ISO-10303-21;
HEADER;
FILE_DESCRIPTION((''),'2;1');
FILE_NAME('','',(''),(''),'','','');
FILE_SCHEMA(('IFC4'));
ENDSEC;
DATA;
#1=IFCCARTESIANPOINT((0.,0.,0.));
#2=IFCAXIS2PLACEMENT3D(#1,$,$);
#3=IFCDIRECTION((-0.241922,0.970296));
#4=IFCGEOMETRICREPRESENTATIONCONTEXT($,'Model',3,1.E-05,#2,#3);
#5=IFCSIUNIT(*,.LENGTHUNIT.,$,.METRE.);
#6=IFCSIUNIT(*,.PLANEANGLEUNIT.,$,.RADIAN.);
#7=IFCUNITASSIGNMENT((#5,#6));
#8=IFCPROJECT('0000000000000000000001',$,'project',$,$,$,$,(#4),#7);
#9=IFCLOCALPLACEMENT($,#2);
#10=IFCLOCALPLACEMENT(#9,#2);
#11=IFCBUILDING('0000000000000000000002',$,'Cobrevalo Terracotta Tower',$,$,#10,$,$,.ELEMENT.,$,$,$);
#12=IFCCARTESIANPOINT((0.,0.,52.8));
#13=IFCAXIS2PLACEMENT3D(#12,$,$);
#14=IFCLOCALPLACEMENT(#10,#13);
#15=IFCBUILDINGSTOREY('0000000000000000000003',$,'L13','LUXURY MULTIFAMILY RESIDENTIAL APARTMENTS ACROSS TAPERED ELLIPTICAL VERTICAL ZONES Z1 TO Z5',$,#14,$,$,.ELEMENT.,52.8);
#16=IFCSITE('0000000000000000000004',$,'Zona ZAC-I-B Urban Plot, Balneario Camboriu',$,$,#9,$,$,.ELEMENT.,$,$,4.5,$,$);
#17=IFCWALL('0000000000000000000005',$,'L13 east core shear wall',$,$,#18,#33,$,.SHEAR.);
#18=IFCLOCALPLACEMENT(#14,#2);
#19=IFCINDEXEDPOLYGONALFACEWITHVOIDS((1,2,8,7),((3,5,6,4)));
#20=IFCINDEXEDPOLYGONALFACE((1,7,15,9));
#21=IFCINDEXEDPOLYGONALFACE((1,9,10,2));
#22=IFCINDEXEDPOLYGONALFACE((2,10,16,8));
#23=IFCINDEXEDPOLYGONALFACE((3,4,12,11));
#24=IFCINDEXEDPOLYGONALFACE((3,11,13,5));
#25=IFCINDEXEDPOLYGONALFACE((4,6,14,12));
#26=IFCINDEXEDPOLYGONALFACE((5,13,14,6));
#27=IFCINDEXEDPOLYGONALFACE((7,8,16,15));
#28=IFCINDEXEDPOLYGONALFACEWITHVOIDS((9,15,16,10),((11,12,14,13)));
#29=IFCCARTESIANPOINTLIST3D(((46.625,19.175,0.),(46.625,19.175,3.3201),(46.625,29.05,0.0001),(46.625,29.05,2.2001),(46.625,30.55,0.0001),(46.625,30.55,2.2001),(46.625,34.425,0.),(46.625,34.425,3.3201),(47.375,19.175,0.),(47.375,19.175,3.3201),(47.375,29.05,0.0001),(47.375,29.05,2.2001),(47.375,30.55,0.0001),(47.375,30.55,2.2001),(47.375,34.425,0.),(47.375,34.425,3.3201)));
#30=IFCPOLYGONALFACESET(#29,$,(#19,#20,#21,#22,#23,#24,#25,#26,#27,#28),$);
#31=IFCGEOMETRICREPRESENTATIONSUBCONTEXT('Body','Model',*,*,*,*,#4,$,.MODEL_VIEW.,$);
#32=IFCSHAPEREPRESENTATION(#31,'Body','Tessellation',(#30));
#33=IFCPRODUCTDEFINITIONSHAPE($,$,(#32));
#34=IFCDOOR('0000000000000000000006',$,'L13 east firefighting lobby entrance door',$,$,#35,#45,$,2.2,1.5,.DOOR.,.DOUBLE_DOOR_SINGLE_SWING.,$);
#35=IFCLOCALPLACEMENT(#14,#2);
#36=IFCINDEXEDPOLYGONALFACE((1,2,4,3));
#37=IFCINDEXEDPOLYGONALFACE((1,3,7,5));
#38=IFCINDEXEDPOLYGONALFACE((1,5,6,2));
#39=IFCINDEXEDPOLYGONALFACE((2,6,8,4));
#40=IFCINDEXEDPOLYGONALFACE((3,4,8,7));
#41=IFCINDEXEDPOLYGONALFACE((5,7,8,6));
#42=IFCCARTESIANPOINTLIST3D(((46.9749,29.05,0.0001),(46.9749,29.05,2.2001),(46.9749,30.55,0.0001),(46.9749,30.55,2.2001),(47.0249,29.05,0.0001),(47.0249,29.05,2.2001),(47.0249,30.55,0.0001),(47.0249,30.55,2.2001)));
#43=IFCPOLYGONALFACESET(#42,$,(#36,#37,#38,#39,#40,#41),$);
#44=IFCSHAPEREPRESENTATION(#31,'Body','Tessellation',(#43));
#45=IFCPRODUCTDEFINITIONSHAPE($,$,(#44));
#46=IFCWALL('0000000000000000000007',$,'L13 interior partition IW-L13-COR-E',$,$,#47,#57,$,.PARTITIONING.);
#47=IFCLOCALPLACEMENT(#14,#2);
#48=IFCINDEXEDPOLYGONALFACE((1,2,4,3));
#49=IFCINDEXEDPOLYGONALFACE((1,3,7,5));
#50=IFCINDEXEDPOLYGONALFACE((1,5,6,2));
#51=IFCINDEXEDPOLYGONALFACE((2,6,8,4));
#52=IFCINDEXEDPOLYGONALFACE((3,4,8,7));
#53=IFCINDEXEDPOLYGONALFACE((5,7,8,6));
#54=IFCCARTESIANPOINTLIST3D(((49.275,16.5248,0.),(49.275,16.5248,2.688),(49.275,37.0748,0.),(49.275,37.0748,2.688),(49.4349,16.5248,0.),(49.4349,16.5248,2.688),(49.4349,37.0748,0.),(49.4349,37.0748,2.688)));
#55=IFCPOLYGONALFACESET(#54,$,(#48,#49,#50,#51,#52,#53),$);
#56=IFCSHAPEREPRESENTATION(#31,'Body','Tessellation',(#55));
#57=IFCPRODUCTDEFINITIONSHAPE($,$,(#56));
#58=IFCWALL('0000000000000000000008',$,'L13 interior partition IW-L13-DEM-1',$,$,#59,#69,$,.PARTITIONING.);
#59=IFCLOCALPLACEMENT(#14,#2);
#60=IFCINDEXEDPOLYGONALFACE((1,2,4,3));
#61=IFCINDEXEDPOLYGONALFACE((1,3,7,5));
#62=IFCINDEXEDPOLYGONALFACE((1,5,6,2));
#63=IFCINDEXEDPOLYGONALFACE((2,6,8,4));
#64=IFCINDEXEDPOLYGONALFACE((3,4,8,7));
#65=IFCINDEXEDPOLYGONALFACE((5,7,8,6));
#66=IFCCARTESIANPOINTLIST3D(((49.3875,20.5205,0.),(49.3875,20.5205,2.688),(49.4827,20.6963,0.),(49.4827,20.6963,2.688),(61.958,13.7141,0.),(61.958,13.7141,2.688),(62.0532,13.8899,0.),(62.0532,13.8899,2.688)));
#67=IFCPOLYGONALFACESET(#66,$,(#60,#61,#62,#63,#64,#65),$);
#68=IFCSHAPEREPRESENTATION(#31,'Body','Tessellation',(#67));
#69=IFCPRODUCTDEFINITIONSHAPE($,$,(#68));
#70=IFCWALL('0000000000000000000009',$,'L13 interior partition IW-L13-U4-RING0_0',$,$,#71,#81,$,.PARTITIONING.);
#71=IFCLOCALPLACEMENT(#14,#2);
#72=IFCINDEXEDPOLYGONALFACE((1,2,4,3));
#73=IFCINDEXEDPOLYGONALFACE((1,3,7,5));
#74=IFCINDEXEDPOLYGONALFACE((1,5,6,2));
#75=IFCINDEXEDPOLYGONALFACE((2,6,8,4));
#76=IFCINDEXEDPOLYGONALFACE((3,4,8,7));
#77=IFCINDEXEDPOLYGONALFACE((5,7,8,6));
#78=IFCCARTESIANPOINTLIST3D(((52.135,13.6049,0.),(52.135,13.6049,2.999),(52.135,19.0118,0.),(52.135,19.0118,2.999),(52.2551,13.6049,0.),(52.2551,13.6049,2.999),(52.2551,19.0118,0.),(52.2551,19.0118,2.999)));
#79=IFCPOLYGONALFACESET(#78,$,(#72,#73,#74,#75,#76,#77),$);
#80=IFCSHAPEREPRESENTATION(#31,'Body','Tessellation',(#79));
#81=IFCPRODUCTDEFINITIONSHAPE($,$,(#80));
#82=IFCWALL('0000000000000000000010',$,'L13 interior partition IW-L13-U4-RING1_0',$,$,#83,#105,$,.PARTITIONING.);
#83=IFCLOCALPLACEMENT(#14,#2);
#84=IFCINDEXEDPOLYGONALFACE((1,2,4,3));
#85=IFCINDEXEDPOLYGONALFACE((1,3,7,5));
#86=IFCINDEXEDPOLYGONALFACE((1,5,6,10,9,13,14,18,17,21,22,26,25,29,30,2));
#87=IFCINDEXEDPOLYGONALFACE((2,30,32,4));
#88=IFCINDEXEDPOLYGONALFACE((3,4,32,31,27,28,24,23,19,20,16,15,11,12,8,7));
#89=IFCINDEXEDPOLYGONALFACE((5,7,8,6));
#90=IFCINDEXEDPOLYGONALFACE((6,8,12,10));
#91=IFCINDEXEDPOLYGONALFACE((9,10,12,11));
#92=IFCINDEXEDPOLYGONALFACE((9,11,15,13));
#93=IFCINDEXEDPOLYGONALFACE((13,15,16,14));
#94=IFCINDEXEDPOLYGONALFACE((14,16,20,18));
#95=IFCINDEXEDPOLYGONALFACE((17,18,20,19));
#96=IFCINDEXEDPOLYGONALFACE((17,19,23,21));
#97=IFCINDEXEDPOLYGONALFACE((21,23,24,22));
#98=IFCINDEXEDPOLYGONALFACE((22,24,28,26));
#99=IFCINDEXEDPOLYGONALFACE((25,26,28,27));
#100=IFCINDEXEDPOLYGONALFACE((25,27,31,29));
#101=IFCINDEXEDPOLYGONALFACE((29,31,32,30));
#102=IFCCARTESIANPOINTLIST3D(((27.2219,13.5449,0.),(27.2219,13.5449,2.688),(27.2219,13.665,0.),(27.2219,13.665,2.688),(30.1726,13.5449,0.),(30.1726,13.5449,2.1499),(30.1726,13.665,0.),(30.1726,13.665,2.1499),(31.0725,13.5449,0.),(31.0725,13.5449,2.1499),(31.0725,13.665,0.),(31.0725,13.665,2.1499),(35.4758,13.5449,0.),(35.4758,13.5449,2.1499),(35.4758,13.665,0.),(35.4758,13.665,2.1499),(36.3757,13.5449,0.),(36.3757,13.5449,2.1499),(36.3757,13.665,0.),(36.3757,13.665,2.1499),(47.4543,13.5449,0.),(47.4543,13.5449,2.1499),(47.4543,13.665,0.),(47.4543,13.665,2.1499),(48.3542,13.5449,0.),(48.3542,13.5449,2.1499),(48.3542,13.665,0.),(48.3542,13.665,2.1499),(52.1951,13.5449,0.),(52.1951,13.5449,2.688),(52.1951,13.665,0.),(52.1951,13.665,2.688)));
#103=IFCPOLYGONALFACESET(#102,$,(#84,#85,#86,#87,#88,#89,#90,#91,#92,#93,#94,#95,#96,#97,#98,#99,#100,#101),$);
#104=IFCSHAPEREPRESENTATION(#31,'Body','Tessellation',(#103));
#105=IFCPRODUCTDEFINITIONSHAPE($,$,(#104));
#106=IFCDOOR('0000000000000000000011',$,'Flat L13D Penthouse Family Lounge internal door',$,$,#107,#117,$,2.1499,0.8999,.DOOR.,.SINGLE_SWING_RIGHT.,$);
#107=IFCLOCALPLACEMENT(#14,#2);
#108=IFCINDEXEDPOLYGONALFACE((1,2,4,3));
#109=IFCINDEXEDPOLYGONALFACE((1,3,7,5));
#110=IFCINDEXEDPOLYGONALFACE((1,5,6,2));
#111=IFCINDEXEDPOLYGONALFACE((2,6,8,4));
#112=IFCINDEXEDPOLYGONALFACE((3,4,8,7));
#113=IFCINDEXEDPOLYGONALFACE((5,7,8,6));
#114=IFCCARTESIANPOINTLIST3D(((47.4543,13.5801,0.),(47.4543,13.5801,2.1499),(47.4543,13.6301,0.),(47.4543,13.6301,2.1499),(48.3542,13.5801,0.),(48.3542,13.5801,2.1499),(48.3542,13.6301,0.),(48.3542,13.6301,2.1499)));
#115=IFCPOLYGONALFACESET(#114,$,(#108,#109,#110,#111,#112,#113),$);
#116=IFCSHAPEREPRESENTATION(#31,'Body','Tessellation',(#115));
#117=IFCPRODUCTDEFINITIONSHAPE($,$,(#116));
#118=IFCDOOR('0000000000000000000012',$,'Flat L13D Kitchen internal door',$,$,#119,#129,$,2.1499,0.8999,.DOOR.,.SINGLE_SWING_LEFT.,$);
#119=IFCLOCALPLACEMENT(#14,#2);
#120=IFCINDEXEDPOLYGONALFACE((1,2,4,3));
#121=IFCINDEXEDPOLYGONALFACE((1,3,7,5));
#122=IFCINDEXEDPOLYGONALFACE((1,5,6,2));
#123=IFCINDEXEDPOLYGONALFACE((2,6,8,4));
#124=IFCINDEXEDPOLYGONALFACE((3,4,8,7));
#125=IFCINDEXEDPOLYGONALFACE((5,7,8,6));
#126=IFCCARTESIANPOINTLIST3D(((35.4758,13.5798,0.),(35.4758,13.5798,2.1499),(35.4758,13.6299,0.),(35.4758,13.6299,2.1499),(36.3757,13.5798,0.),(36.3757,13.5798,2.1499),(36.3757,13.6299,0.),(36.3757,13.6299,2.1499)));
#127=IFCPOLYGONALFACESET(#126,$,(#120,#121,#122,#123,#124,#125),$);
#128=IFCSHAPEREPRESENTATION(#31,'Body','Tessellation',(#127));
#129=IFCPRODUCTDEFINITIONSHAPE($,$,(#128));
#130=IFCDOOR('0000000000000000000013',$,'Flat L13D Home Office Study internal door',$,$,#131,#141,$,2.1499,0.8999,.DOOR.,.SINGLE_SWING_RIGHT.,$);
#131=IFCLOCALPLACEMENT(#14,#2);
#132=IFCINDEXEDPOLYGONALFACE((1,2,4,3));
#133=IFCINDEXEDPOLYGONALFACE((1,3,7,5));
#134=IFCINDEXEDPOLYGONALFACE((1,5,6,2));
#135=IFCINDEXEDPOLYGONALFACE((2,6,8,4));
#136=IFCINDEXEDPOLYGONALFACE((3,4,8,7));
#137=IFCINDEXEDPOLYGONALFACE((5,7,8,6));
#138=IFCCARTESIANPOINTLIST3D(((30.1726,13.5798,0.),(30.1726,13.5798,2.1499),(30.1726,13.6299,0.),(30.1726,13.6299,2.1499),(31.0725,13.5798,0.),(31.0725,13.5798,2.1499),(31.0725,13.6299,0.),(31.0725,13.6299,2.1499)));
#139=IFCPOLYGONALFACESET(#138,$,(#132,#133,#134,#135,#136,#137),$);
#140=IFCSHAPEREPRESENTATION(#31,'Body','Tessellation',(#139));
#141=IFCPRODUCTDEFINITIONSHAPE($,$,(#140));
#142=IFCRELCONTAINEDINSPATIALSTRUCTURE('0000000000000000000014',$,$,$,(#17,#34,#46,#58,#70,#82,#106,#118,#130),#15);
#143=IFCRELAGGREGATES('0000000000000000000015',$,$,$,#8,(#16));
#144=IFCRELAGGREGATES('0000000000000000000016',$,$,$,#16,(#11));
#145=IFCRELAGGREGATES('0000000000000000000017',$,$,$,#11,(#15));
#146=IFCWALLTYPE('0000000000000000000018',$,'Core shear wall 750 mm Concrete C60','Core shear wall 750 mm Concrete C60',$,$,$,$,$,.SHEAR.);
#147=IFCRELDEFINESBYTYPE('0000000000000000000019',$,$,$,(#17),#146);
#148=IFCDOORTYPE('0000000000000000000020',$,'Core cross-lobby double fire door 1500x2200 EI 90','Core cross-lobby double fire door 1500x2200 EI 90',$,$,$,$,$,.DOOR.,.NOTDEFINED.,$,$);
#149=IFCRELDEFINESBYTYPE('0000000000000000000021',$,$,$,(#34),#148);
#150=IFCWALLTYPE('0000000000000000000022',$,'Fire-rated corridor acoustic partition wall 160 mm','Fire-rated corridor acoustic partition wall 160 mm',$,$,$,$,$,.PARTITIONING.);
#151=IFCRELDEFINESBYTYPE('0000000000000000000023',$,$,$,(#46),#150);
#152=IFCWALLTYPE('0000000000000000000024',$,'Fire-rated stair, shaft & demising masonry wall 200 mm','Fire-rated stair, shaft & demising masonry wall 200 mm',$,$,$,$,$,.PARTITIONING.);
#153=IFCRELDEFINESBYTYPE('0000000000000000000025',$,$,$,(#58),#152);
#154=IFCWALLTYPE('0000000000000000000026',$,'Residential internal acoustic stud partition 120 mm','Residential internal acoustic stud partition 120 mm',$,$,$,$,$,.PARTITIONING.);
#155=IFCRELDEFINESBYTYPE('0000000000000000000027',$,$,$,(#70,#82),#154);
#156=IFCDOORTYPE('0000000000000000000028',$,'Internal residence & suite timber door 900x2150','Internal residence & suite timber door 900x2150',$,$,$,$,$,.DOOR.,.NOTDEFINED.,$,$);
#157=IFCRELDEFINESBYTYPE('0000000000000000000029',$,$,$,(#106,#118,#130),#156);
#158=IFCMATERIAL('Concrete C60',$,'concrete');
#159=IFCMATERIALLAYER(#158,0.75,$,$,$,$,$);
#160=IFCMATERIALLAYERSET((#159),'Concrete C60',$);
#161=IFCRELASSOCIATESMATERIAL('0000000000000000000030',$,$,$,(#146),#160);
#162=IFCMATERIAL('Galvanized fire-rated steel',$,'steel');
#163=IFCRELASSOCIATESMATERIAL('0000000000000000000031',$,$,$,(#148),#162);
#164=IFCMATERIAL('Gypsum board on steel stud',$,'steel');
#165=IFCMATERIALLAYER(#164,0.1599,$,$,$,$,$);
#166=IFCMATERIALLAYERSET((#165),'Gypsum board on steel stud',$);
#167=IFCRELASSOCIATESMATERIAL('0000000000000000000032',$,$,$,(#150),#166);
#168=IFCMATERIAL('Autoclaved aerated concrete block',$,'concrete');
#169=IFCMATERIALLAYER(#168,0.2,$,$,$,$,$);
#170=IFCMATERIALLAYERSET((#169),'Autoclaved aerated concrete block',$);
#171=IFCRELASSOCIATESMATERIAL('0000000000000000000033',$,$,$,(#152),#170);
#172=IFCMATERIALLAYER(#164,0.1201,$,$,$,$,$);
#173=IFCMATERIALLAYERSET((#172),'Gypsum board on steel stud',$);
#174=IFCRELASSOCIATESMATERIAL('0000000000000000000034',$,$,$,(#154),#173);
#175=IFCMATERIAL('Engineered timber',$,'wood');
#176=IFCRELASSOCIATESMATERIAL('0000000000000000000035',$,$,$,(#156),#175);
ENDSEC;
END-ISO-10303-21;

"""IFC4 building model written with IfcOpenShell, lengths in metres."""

from ifc_helpers import new_model, si_unit, direction, frame, frame_2d, origin, place, context, subcontext, project, spatial, rectangle, extrude, source, transform, mapped, material, layer, layer_set, type_object, element, fill, save


model = new_model("IFC4")

# Units and contexts
model_context = context("Model", 3, precision=1e-05, world=origin(), true_north=direction((-0.241922, 0.970296)))
body_context = subcontext(model_context, "Body", "Model", "MODEL_VIEW")
ifc_project = project(units=[si_unit("LENGTHUNIT", "METRE"), si_unit("PLANEANGLEUNIT", "RADIAN")], contexts=[model_context])

# Site, building, storey
site_placement = place(None, origin())
site = spatial("IfcSite", under=ifc_project, at=site_placement, Name="Zona ZAC-I-B Urban Plot, Balneario Camboriu", CompositionType="ELEMENT", RefElevation=4.5)
building_placement = place(site_placement, origin())
building = spatial("IfcBuilding", under=site, at=building_placement, Name="Cobrevalo Terracotta Tower", CompositionType="ELEMENT")
storey_placement = place(building_placement, frame((0.0, 0.0, 52.8)))
storey = spatial("IfcBuildingStorey", under=building, at=storey_placement, Name="L13", Description="LUXURY MULTIFAMILY RESIDENTIAL APARTMENTS ACROSS TAPERED ELLIPTICAL VERTICAL ZONES Z1 TO Z5", CompositionType="ELEMENT", Elevation=52.8)

# Wall, opening, door
ifc_material_1 = material(Name="Concrete C60", Category="concrete")
ifc_layer_1 = layer(ifc_material_1, 0.75)
ifc_layer_set_1 = layer_set([ifc_layer_1], Name="Concrete C60")
wall_type_1 = type_object("IfcWallType", Name="Core shear wall 750 mm Concrete C60", Description="Core shear wall 750 mm Concrete C60", PredefinedType="SHEAR", material=ifc_layer_set_1)
wall_1_placement = place(storey_placement, frame((47.0, 19.175, 0.0), z_axis=(0.0, 0.0, 1.0), x_axis=(0.0, 1.0, 0.0)))
wall_1 = element("IfcWall", 1, at=wall_1_placement, inside=storey, type_object=wall_type_1, Name="L13 east core shear wall", PredefinedType="SHEAR", context=body_context, shape_type="SweptSolid", body=[
    extrude(rectangle(XDim=15.25, YDim=0.75, at=frame_2d((7.625, 0.0))), origin(), (0.0, 0.0, 1.0), 3.3201),
])
opening_1_placement = place(wall_1_placement, frame((9.875, 0.0, 0.0)))
opening_1 = element("IfcOpeningElement", 2, at=opening_1_placement, cuts=wall_1, PredefinedType="OPENING", context=body_context, shape_type="SweptSolid", body=[
    extrude(rectangle(XDim=1.5, YDim=2.2, at=frame_2d((0.75, 1.1001))), frame((0.0, 0.385, 0.0), z_axis=(0.0, -1.0, 0.0), x_axis=(1.0, 0.0, 0.0)), (0.0, 0.0, 1.0), 0.77),
])
ifc_material_2 = material(Name="Galvanized fire-rated steel", Category="steel")
door_type_1 = type_object("IfcDoorType", Name="Core cross-lobby double fire door 1500x2200 EI 90", Description="Core cross-lobby double fire door 1500x2200 EI 90", OperationType="NOTDEFINED", PredefinedType="DOOR", material=ifc_material_2)
shared_shape_1 = source(origin(), body_context, "Body", "SweptSolid", [
    extrude(rectangle(XDim=1.5, YDim=2.2, at=frame_2d((0.75, 1.1001))), frame((0.0, 0.0249, 0.0), z_axis=(0.0, -1.0, 0.0), x_axis=(1.0, 0.0, 0.0)), (0.0, 0.0, 1.0), 0.05),
])
door_1_placement = place(opening_1_placement, frame((1.5, 0.0, 0.0), z_axis=(0.0, 0.0, 1.0), x_axis=(-1.0, 0.0, 0.0)))
door_1 = element("IfcDoor", 3, at=door_1_placement, inside=storey, type_object=door_type_1, Name="L13 east firefighting lobby entrance door", OperationType="DOUBLE_DOOR_SINGLE_SWING", OverallHeight=2.2, OverallWidth=1.5, PredefinedType="DOOR", context=body_context, shape_type="MappedRepresentation", body=[
    mapped(shared_shape_1, transform((0.0, 0.0, 0.0), scale=1.0)),
])
fill(opening_1, door_1)

# Walls
ifc_material_3 = material(Name="Gypsum board on steel stud", Category="steel")
ifc_layer_2 = layer(ifc_material_3, 0.1599)
ifc_layer_set_2 = layer_set([ifc_layer_2], Name="Gypsum board on steel stud")
wall_type_2 = type_object("IfcWallType", Name="Fire-rated corridor acoustic partition wall 160 mm", Description="Fire-rated corridor acoustic partition wall 160 mm", PredefinedType="PARTITIONING", material=ifc_layer_set_2)
wall_2_placement = place(storey_placement, frame((49.355, 16.5249, 0.0), z_axis=(0.0, 0.0, 1.0), x_axis=(0.0, 1.0, 0.0)))
element("IfcWall", 4, at=wall_2_placement, inside=storey, type_object=wall_type_2, Name="L13 interior partition IW-L13-COR-E", PredefinedType="PARTITIONING", context=body_context, shape_type="SweptSolid", body=[
    extrude(rectangle(XDim=20.55, YDim=0.1599, at=frame_2d((10.2749, 0.0))), origin(), (0.0, 0.0, 1.0), 2.688),
])
ifc_material_4 = material(Name="Autoclaved aerated concrete block", Category="concrete")
ifc_layer_3 = layer(ifc_material_4, 0.2)
ifc_layer_set_3 = layer_set([ifc_layer_3], Name="Autoclaved aerated concrete block")
wall_type_3 = type_object("IfcWallType", Name="Fire-rated stair, shaft & demising masonry wall 200 mm", Description="Fire-rated stair, shaft & demising masonry wall 200 mm", PredefinedType="PARTITIONING", material=ifc_layer_set_3)
wall_3_placement = place(storey_placement, frame((49.4351, 20.6084, 0.0), z_axis=(0.0, 0.0, 1.0), x_axis=(0.87937, -0.47614, 0.0)))
element("IfcWall", 5, at=wall_3_placement, inside=storey, type_object=wall_type_3, Name="L13 interior partition IW-L13-DEM-1", PredefinedType="PARTITIONING", context=body_context, shape_type="SweptSolid", body=[
    extrude(rectangle(XDim=14.2949, YDim=0.2, at=frame_2d((7.1475, 0.0))), origin(), (0.0, 0.0, 1.0), 2.688),
])
ifc_layer_4 = layer(ifc_material_3, 0.1201)
ifc_layer_set_4 = layer_set([ifc_layer_4], Name="Gypsum board on steel stud")
wall_type_4 = type_object("IfcWallType", Name="Residential internal acoustic stud partition 120 mm", Description="Residential internal acoustic stud partition 120 mm", PredefinedType="PARTITIONING", material=ifc_layer_set_4)
wall_4_placement = place(storey_placement, frame((52.1951, 19.012, 0.0), z_axis=(0.0, 0.0, 1.0), x_axis=(0.0, -1.0, 0.0)))
element("IfcWall", 6, at=wall_4_placement, inside=storey, type_object=wall_type_4, Name="L13 interior partition IW-L13-U4-RING0_0", PredefinedType="PARTITIONING", context=body_context, shape_type="SweptSolid", body=[
    extrude(rectangle(XDim=5.407, YDim=0.1201, at=frame_2d((2.7036, 0.0))), origin(), (0.0, 0.0, 1.0), 2.999),
])

# Wall, openings, doors
wall_5_placement = place(storey_placement, frame((52.1951, 13.605, 0.0), z_axis=(0.0, 0.0, 1.0), x_axis=(-1.0, 0.0, 0.0)))
wall_5 = element("IfcWall", 7, at=wall_5_placement, inside=storey, type_object=wall_type_4, Name="L13 interior partition IW-L13-U4-RING1_0", PredefinedType="PARTITIONING", context=body_context, shape_type="SweptSolid", body=[
    extrude(rectangle(XDim=24.9731, YDim=0.1201, at=frame_2d((12.4866, 0.0))), origin(), (0.0, 0.0, 1.0), 2.688),
])
opening_2_placement = place(wall_5_placement, frame((3.8408, 0.0, 0.0)))
opening_2 = element("IfcOpeningElement", 8, at=opening_2_placement, cuts=wall_5, PredefinedType="OPENING", context=body_context, shape_type="SweptSolid", body=[
    extrude(rectangle(XDim=0.8999, YDim=2.1499, at=frame_2d((0.45, 1.075))), frame((0.0, 0.0701, 0.0), z_axis=(0.0, -1.0, 0.0), x_axis=(1.0, 0.0, 0.0)), (0.0, 0.0, 1.0), 0.1401),
])
opening_3_placement = place(wall_5_placement, frame((15.8193, 0.0, 0.0)))
opening_3 = element("IfcOpeningElement", 9, at=opening_3_placement, cuts=wall_5, PredefinedType="OPENING", context=body_context, shape_type="SweptSolid", body=[
    extrude(rectangle(XDim=0.8999, YDim=2.1499, at=frame_2d((0.45, 1.075))), frame((0.0, 0.0701, 0.0), z_axis=(0.0, -1.0, 0.0), x_axis=(1.0, 0.0, 0.0)), (0.0, 0.0, 1.0), 0.1401),
])
opening_4_placement = place(wall_5_placement, frame((21.1226, 0.0, 0.0)))
opening_4 = element("IfcOpeningElement", 10, at=opening_4_placement, cuts=wall_5, PredefinedType="OPENING", context=body_context, shape_type="SweptSolid", body=[
    extrude(rectangle(XDim=0.8999, YDim=2.1499, at=frame_2d((0.45, 1.075))), frame((0.0, 0.0701, 0.0), z_axis=(0.0, -1.0, 0.0), x_axis=(1.0, 0.0, 0.0)), (0.0, 0.0, 1.0), 0.1401),
])
ifc_material_5 = material(Name="Engineered timber", Category="wood")
door_type_2 = type_object("IfcDoorType", Name="Internal residence & suite timber door 900x2150", Description="Internal residence & suite timber door 900x2150", OperationType="NOTDEFINED", PredefinedType="DOOR", material=ifc_material_5)
shared_shape_2 = source(origin(), body_context, "Body", "SweptSolid", [
    extrude(rectangle(XDim=0.8999, YDim=2.1499, at=frame_2d((0.45, 1.075))), frame((0.0, 0.0249, 0.0), z_axis=(0.0, -1.0, 0.0), x_axis=(1.0, 0.0, 0.0)), (0.0, 0.0, 1.0), 0.05),
])
door_2_placement = place(opening_2_placement, origin())
door_2 = element("IfcDoor", 11, at=door_2_placement, inside=storey, type_object=door_type_2, Name="Flat L13D Penthouse Family Lounge internal door", OperationType="SINGLE_SWING_RIGHT", OverallHeight=2.1499, OverallWidth=0.8999, PredefinedType="DOOR", context=body_context, shape_type="MappedRepresentation", body=[
    mapped(shared_shape_2, transform((0.0, 0.0, 0.0), scale=1.0)),
])
fill(opening_2, door_2)
door_3_placement = place(opening_3_placement, frame((0.8999, 0.0, 0.0), z_axis=(0.0, 0.0, 1.0), x_axis=(-1.0, 0.0, 0.0)))
door_3 = element("IfcDoor", 12, at=door_3_placement, inside=storey, type_object=door_type_2, Name="Flat L13D Kitchen internal door", OperationType="SINGLE_SWING_LEFT", OverallHeight=2.1499, OverallWidth=0.8999, PredefinedType="DOOR", context=body_context, shape_type="MappedRepresentation", body=[
    mapped(shared_shape_2, transform((0.0, 0.0, 0.0), scale=1.0)),
])
fill(opening_3, door_3)
door_4_placement = place(opening_4_placement, frame((0.8999, 0.0, 0.0), z_axis=(0.0, 0.0, 1.0), x_axis=(-1.0, 0.0, 0.0)))
door_4 = element("IfcDoor", 13, at=door_4_placement, inside=storey, type_object=door_type_2, Name="Flat L13D Home Office Study internal door", OperationType="SINGLE_SWING_RIGHT", OverallHeight=2.1499, OverallWidth=0.8999, PredefinedType="DOOR", context=body_context, shape_type="MappedRepresentation", body=[
    mapped(shared_shape_2, transform((0.0, 0.0, 0.0), scale=1.0)),
])
fill(opening_4, door_4)

save(model, "model.ifc")
